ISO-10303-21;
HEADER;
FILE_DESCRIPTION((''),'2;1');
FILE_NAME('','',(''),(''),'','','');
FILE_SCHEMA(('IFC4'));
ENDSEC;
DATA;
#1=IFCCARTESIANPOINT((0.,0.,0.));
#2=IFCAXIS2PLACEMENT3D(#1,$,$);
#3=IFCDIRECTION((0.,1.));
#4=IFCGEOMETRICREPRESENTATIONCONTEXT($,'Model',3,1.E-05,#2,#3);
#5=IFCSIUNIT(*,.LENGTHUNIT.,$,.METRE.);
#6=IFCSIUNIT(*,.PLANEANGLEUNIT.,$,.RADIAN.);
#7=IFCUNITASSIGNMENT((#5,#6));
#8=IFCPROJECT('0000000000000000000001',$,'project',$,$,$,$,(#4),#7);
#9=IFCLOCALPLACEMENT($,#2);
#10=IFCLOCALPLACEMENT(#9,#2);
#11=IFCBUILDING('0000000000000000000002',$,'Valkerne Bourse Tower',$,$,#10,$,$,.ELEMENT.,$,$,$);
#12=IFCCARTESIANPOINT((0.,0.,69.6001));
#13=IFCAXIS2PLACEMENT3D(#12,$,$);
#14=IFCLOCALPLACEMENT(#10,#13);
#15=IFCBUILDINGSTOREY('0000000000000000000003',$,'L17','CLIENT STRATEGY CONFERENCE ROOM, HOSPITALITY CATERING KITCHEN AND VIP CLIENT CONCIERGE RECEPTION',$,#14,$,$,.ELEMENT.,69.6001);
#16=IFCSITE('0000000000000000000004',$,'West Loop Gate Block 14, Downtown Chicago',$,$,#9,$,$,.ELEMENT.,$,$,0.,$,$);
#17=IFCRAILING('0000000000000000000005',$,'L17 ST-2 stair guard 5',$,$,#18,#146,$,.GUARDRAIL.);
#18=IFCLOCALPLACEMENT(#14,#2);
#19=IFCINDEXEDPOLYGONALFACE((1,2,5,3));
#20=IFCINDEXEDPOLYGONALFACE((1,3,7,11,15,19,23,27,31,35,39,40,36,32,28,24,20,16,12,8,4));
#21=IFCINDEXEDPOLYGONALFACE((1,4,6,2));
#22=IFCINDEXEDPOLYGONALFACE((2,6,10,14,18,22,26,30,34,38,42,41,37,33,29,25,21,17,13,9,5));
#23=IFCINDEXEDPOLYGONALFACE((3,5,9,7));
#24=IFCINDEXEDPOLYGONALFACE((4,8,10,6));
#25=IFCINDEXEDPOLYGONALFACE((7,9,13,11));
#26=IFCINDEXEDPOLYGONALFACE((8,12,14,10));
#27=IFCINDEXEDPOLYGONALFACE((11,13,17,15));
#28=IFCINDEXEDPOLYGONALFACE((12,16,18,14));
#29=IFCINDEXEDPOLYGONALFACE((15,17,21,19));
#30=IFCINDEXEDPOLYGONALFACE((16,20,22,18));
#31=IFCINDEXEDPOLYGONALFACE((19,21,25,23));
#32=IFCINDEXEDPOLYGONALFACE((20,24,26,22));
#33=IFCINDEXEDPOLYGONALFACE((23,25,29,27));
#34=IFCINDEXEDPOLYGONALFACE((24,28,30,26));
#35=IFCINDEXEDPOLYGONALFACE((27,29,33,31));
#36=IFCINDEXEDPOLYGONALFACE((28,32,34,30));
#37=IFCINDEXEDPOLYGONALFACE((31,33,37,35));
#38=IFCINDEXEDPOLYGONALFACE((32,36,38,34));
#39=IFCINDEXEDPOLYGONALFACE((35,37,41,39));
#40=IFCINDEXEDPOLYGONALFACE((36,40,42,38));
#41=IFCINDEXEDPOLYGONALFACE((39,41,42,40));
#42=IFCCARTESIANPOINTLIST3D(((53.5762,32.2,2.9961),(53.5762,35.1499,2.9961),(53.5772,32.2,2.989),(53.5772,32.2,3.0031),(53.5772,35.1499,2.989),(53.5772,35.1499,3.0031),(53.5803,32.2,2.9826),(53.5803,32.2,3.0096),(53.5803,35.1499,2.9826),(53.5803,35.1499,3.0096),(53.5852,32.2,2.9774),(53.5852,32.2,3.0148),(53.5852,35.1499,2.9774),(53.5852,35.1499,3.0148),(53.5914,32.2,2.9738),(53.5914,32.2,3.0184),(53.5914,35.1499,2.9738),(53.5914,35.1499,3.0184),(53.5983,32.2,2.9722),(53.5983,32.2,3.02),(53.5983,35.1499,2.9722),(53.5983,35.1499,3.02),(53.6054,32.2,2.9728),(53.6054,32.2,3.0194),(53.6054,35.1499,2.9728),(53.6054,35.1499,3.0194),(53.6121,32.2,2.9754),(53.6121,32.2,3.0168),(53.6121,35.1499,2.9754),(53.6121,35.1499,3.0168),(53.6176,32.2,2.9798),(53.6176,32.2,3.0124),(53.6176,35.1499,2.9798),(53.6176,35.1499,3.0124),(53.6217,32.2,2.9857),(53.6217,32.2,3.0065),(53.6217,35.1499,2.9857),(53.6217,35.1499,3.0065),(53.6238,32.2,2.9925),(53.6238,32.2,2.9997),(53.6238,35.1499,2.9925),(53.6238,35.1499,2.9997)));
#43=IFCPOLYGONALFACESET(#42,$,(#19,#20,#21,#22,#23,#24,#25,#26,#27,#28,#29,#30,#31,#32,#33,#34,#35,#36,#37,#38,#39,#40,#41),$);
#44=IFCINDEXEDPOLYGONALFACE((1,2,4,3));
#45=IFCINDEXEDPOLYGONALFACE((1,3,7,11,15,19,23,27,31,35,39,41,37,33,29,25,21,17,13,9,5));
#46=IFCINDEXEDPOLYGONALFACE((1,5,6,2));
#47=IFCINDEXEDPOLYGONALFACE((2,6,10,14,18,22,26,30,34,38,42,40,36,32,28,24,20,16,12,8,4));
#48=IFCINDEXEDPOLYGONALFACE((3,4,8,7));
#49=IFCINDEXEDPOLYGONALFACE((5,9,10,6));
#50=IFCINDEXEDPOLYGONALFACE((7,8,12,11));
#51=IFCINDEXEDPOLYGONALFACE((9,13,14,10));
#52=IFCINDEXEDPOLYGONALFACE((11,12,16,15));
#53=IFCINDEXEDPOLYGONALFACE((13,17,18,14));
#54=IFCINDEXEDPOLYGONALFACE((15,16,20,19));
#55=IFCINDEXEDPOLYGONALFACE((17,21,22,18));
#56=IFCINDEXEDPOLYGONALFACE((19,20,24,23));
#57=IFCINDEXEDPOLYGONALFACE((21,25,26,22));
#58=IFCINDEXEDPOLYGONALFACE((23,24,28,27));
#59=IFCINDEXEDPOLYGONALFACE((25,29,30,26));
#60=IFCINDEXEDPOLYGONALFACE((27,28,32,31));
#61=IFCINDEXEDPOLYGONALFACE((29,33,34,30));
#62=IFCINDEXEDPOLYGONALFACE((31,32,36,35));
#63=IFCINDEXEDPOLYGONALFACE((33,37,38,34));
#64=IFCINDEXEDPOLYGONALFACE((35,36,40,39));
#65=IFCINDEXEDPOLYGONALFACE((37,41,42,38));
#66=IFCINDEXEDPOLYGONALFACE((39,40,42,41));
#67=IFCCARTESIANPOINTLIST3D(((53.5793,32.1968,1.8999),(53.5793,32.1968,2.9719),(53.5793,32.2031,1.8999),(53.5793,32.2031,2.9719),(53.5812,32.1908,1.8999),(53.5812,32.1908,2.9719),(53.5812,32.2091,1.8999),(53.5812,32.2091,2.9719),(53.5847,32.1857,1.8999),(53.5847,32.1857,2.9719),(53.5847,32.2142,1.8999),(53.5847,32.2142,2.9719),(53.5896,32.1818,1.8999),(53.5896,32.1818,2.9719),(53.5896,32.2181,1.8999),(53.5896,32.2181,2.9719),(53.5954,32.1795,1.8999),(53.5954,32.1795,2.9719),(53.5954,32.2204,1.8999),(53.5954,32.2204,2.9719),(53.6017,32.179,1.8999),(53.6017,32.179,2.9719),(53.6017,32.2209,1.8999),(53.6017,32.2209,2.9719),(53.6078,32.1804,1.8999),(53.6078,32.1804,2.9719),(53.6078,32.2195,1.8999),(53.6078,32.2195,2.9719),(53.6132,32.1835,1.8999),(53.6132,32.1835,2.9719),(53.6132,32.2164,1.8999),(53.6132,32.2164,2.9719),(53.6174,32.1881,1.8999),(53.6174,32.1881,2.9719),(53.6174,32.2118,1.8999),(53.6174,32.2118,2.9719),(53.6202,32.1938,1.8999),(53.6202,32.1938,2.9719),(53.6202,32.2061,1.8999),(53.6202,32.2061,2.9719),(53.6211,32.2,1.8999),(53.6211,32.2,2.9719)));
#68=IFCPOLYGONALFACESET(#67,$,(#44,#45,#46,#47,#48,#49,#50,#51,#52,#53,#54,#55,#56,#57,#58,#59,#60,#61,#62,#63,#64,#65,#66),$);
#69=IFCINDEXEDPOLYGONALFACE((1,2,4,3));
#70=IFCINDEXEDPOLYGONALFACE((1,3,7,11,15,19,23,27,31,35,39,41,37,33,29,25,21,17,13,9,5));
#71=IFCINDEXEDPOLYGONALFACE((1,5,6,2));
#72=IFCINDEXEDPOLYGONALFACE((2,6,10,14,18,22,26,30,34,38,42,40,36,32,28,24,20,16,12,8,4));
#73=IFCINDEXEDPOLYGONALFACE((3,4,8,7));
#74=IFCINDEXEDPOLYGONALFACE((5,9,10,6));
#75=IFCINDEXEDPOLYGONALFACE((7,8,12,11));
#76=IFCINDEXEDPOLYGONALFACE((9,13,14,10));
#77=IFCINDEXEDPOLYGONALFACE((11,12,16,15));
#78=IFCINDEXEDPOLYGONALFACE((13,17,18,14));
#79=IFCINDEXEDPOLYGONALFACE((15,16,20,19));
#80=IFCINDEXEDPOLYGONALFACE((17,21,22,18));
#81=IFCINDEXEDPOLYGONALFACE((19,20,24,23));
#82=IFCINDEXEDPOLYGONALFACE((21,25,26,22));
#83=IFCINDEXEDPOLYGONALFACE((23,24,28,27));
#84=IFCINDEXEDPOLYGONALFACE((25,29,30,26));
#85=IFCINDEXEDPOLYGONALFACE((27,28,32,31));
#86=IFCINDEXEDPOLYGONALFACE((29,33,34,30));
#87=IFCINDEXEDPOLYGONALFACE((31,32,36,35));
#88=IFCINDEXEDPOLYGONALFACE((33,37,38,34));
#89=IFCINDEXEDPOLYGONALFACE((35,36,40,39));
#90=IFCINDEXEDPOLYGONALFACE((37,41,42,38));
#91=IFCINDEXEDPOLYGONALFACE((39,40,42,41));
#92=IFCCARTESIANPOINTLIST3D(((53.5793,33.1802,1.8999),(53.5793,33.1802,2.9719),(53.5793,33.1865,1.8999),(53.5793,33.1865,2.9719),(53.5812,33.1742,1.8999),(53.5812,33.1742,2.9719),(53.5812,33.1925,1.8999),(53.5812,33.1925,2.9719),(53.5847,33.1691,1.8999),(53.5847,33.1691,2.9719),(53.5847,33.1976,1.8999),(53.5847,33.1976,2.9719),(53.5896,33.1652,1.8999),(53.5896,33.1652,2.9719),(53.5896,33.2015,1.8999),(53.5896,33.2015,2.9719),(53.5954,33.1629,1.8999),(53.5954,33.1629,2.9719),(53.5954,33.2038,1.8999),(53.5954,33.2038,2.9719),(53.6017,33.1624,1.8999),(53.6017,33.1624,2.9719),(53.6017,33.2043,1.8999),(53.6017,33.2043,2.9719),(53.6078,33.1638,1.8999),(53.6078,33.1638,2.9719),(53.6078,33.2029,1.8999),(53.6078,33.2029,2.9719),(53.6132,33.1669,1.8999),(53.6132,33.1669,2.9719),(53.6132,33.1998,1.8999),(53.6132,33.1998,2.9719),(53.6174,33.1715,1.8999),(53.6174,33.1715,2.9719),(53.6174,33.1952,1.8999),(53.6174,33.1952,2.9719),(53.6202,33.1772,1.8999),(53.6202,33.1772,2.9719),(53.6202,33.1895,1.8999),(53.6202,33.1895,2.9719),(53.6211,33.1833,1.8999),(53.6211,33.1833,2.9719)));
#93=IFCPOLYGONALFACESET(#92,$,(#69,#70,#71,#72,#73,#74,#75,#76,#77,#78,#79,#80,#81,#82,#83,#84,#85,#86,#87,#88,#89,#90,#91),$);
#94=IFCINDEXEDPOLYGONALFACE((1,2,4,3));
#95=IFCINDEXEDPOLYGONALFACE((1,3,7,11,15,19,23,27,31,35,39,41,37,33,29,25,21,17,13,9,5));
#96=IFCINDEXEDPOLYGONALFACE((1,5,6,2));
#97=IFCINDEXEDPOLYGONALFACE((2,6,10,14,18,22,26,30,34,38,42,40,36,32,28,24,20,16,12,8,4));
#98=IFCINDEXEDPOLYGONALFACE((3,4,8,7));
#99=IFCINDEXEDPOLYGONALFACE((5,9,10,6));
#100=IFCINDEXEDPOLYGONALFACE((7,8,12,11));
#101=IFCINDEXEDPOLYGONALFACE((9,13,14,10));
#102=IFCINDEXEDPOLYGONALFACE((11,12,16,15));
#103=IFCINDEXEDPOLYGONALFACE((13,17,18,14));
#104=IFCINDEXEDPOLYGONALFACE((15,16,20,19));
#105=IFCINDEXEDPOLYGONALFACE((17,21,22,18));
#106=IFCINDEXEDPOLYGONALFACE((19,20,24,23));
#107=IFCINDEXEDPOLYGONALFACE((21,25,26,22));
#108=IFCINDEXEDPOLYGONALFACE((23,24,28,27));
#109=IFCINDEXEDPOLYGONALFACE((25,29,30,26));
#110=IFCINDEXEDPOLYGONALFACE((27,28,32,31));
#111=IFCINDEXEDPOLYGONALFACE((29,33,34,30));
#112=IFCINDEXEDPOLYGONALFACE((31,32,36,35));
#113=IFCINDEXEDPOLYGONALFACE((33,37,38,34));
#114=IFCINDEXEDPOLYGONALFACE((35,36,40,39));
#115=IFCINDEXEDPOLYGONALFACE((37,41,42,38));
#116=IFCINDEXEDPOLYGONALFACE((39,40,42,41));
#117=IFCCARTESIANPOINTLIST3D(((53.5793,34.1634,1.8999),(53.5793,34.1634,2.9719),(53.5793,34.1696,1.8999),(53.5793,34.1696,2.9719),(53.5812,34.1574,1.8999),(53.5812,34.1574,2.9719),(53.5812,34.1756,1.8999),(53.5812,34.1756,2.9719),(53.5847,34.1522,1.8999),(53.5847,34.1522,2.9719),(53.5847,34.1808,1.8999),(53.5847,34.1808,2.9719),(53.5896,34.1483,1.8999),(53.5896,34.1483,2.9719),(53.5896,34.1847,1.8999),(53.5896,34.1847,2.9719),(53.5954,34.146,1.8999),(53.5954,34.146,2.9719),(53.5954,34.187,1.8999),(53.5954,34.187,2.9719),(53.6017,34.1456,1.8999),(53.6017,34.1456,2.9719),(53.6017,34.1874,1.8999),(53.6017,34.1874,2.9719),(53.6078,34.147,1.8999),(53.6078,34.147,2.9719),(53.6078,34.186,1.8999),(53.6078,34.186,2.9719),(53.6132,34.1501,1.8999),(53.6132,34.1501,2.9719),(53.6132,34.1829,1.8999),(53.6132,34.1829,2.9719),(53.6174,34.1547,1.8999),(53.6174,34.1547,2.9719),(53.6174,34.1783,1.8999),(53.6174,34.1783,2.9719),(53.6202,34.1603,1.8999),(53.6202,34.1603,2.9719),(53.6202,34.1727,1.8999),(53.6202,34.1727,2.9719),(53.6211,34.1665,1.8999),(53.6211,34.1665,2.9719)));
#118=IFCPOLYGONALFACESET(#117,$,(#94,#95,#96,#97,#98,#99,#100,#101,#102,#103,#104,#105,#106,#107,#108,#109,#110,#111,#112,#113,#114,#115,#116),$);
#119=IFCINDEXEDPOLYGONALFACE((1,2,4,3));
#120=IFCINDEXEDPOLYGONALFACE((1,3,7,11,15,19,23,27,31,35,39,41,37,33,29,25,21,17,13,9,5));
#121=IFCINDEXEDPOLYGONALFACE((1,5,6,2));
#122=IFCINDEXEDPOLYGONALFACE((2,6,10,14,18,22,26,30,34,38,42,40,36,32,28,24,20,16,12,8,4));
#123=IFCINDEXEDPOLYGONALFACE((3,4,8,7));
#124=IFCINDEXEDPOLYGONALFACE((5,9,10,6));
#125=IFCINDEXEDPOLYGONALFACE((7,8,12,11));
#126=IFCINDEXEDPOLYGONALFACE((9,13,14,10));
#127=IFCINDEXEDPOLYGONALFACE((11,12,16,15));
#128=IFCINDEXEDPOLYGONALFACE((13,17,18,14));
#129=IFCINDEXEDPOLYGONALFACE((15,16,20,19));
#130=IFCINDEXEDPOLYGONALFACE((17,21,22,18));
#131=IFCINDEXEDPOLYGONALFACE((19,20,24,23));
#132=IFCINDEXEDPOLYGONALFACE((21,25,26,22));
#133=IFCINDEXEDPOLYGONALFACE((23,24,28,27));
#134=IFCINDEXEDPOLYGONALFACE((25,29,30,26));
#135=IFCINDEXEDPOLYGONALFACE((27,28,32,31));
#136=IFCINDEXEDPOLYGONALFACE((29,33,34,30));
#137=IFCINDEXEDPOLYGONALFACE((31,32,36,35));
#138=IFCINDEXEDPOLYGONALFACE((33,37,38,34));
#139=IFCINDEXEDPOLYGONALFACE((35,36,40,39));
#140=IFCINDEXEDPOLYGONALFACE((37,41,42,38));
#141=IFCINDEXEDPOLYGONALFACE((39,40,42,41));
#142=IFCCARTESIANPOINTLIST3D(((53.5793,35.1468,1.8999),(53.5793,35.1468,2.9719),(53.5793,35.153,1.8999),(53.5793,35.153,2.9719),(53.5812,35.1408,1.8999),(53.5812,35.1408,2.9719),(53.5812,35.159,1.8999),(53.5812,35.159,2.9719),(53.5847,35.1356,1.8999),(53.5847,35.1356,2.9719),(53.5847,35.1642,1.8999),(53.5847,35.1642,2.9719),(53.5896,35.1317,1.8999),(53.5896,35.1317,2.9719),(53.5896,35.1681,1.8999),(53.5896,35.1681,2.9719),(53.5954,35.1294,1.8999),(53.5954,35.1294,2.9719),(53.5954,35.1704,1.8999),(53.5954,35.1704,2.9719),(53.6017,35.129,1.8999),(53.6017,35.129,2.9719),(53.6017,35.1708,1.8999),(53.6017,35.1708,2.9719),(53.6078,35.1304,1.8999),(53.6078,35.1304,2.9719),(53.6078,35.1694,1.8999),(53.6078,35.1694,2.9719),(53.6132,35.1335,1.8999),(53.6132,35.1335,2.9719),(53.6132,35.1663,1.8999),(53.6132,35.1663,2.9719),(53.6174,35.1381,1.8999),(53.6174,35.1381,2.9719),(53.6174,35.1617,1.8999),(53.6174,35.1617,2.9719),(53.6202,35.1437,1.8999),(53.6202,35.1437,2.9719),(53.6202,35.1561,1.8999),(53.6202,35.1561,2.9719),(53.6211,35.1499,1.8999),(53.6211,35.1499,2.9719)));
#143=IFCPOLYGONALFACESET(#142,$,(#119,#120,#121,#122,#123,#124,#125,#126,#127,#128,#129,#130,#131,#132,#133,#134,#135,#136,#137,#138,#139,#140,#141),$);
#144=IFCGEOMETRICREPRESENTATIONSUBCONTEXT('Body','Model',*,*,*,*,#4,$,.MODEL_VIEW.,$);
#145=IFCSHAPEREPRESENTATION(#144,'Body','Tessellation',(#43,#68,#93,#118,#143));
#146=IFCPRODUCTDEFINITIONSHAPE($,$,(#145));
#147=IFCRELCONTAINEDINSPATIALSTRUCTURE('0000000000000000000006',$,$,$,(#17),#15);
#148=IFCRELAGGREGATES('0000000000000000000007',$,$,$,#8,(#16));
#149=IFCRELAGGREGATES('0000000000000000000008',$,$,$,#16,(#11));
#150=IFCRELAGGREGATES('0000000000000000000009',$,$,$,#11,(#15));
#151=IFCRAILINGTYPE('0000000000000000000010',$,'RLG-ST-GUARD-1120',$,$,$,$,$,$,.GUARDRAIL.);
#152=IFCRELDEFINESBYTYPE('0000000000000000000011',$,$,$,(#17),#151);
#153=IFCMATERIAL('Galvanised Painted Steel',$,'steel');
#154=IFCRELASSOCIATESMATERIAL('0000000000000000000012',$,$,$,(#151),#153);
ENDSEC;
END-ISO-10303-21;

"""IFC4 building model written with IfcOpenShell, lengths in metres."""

from ifc_helpers import new_model, si_unit, direction, frame, origin, origin_2d, place, context, subcontext, project, spatial, circle, extrude, material, type_object, element, save


model = new_model("IFC4")

# Units and contexts
model_context = context("Model", 3, precision=1e-05, world=origin(), true_north=direction((0.0, 1.0)))
body_context = subcontext(model_context, "Body", "Model", "MODEL_VIEW")
ifc_project = project(units=[si_unit("LENGTHUNIT", "METRE"), si_unit("PLANEANGLEUNIT", "RADIAN")], contexts=[model_context])

# Site, building, storey
site_placement = place(None, origin())
site = spatial("IfcSite", under=ifc_project, at=site_placement, Name="West Loop Gate Block 14, Downtown Chicago", CompositionType="ELEMENT", RefElevation=0.0)
building_placement = place(site_placement, origin())
building = spatial("IfcBuilding", under=site, at=building_placement, Name="Valkerne Bourse Tower", CompositionType="ELEMENT")
storey_placement = place(building_placement, frame((0.0, 0.0, 69.6001)))
storey = spatial("IfcBuildingStorey", under=building, at=storey_placement, Name="L17", Description="CLIENT STRATEGY CONFERENCE ROOM, HOSPITALITY CATERING KITCHEN AND VIP CLIENT CONCIERGE RECEPTION", CompositionType="ELEMENT", Elevation=69.6001)

# Railing
ifc_material_1 = material(Name="Galvanised Painted Steel", Category="steel")
railing_type_1 = type_object("IfcRailingType", Name="RLG-ST-GUARD-1120", PredefinedType="GUARDRAIL", material=ifc_material_1)
railing_1_placement = place(storey_placement, frame((53.6001, 32.2, 1.8999)))
element("IfcRailing", 1, at=railing_1_placement, inside=storey, type_object=railing_type_1, Name="L17 ST-2 stair guard 5", PredefinedType="GUARDRAIL", context=body_context, shape_type="SweptSolid", body=[
    extrude(circle(Radius=0.0239, at=origin_2d()), frame((0.0, 0.0, 1.0962), z_axis=(0.0, 1.0, 0.0), x_axis=(-1.0, 0.0, 0.0)), (0.0, 0.0, 1.0), 2.95),
    extrude(circle(Radius=0.021, at=origin_2d()), origin(), (0.0, 0.0, 1.0), 1.072),
    extrude(circle(Radius=0.021, at=origin_2d()), frame((0.0, 0.9834, 0.0)), (0.0, 0.0, 1.0), 1.072),
    extrude(circle(Radius=0.021, at=origin_2d()), frame((0.0, 1.9666, 0.0)), (0.0, 0.0, 1.0), 1.072),
    extrude(circle(Radius=0.021, at=origin_2d()), frame((0.0, 2.95, 0.0)), (0.0, 0.0, 1.0), 1.072),
])

save(model, "model.ifc")
